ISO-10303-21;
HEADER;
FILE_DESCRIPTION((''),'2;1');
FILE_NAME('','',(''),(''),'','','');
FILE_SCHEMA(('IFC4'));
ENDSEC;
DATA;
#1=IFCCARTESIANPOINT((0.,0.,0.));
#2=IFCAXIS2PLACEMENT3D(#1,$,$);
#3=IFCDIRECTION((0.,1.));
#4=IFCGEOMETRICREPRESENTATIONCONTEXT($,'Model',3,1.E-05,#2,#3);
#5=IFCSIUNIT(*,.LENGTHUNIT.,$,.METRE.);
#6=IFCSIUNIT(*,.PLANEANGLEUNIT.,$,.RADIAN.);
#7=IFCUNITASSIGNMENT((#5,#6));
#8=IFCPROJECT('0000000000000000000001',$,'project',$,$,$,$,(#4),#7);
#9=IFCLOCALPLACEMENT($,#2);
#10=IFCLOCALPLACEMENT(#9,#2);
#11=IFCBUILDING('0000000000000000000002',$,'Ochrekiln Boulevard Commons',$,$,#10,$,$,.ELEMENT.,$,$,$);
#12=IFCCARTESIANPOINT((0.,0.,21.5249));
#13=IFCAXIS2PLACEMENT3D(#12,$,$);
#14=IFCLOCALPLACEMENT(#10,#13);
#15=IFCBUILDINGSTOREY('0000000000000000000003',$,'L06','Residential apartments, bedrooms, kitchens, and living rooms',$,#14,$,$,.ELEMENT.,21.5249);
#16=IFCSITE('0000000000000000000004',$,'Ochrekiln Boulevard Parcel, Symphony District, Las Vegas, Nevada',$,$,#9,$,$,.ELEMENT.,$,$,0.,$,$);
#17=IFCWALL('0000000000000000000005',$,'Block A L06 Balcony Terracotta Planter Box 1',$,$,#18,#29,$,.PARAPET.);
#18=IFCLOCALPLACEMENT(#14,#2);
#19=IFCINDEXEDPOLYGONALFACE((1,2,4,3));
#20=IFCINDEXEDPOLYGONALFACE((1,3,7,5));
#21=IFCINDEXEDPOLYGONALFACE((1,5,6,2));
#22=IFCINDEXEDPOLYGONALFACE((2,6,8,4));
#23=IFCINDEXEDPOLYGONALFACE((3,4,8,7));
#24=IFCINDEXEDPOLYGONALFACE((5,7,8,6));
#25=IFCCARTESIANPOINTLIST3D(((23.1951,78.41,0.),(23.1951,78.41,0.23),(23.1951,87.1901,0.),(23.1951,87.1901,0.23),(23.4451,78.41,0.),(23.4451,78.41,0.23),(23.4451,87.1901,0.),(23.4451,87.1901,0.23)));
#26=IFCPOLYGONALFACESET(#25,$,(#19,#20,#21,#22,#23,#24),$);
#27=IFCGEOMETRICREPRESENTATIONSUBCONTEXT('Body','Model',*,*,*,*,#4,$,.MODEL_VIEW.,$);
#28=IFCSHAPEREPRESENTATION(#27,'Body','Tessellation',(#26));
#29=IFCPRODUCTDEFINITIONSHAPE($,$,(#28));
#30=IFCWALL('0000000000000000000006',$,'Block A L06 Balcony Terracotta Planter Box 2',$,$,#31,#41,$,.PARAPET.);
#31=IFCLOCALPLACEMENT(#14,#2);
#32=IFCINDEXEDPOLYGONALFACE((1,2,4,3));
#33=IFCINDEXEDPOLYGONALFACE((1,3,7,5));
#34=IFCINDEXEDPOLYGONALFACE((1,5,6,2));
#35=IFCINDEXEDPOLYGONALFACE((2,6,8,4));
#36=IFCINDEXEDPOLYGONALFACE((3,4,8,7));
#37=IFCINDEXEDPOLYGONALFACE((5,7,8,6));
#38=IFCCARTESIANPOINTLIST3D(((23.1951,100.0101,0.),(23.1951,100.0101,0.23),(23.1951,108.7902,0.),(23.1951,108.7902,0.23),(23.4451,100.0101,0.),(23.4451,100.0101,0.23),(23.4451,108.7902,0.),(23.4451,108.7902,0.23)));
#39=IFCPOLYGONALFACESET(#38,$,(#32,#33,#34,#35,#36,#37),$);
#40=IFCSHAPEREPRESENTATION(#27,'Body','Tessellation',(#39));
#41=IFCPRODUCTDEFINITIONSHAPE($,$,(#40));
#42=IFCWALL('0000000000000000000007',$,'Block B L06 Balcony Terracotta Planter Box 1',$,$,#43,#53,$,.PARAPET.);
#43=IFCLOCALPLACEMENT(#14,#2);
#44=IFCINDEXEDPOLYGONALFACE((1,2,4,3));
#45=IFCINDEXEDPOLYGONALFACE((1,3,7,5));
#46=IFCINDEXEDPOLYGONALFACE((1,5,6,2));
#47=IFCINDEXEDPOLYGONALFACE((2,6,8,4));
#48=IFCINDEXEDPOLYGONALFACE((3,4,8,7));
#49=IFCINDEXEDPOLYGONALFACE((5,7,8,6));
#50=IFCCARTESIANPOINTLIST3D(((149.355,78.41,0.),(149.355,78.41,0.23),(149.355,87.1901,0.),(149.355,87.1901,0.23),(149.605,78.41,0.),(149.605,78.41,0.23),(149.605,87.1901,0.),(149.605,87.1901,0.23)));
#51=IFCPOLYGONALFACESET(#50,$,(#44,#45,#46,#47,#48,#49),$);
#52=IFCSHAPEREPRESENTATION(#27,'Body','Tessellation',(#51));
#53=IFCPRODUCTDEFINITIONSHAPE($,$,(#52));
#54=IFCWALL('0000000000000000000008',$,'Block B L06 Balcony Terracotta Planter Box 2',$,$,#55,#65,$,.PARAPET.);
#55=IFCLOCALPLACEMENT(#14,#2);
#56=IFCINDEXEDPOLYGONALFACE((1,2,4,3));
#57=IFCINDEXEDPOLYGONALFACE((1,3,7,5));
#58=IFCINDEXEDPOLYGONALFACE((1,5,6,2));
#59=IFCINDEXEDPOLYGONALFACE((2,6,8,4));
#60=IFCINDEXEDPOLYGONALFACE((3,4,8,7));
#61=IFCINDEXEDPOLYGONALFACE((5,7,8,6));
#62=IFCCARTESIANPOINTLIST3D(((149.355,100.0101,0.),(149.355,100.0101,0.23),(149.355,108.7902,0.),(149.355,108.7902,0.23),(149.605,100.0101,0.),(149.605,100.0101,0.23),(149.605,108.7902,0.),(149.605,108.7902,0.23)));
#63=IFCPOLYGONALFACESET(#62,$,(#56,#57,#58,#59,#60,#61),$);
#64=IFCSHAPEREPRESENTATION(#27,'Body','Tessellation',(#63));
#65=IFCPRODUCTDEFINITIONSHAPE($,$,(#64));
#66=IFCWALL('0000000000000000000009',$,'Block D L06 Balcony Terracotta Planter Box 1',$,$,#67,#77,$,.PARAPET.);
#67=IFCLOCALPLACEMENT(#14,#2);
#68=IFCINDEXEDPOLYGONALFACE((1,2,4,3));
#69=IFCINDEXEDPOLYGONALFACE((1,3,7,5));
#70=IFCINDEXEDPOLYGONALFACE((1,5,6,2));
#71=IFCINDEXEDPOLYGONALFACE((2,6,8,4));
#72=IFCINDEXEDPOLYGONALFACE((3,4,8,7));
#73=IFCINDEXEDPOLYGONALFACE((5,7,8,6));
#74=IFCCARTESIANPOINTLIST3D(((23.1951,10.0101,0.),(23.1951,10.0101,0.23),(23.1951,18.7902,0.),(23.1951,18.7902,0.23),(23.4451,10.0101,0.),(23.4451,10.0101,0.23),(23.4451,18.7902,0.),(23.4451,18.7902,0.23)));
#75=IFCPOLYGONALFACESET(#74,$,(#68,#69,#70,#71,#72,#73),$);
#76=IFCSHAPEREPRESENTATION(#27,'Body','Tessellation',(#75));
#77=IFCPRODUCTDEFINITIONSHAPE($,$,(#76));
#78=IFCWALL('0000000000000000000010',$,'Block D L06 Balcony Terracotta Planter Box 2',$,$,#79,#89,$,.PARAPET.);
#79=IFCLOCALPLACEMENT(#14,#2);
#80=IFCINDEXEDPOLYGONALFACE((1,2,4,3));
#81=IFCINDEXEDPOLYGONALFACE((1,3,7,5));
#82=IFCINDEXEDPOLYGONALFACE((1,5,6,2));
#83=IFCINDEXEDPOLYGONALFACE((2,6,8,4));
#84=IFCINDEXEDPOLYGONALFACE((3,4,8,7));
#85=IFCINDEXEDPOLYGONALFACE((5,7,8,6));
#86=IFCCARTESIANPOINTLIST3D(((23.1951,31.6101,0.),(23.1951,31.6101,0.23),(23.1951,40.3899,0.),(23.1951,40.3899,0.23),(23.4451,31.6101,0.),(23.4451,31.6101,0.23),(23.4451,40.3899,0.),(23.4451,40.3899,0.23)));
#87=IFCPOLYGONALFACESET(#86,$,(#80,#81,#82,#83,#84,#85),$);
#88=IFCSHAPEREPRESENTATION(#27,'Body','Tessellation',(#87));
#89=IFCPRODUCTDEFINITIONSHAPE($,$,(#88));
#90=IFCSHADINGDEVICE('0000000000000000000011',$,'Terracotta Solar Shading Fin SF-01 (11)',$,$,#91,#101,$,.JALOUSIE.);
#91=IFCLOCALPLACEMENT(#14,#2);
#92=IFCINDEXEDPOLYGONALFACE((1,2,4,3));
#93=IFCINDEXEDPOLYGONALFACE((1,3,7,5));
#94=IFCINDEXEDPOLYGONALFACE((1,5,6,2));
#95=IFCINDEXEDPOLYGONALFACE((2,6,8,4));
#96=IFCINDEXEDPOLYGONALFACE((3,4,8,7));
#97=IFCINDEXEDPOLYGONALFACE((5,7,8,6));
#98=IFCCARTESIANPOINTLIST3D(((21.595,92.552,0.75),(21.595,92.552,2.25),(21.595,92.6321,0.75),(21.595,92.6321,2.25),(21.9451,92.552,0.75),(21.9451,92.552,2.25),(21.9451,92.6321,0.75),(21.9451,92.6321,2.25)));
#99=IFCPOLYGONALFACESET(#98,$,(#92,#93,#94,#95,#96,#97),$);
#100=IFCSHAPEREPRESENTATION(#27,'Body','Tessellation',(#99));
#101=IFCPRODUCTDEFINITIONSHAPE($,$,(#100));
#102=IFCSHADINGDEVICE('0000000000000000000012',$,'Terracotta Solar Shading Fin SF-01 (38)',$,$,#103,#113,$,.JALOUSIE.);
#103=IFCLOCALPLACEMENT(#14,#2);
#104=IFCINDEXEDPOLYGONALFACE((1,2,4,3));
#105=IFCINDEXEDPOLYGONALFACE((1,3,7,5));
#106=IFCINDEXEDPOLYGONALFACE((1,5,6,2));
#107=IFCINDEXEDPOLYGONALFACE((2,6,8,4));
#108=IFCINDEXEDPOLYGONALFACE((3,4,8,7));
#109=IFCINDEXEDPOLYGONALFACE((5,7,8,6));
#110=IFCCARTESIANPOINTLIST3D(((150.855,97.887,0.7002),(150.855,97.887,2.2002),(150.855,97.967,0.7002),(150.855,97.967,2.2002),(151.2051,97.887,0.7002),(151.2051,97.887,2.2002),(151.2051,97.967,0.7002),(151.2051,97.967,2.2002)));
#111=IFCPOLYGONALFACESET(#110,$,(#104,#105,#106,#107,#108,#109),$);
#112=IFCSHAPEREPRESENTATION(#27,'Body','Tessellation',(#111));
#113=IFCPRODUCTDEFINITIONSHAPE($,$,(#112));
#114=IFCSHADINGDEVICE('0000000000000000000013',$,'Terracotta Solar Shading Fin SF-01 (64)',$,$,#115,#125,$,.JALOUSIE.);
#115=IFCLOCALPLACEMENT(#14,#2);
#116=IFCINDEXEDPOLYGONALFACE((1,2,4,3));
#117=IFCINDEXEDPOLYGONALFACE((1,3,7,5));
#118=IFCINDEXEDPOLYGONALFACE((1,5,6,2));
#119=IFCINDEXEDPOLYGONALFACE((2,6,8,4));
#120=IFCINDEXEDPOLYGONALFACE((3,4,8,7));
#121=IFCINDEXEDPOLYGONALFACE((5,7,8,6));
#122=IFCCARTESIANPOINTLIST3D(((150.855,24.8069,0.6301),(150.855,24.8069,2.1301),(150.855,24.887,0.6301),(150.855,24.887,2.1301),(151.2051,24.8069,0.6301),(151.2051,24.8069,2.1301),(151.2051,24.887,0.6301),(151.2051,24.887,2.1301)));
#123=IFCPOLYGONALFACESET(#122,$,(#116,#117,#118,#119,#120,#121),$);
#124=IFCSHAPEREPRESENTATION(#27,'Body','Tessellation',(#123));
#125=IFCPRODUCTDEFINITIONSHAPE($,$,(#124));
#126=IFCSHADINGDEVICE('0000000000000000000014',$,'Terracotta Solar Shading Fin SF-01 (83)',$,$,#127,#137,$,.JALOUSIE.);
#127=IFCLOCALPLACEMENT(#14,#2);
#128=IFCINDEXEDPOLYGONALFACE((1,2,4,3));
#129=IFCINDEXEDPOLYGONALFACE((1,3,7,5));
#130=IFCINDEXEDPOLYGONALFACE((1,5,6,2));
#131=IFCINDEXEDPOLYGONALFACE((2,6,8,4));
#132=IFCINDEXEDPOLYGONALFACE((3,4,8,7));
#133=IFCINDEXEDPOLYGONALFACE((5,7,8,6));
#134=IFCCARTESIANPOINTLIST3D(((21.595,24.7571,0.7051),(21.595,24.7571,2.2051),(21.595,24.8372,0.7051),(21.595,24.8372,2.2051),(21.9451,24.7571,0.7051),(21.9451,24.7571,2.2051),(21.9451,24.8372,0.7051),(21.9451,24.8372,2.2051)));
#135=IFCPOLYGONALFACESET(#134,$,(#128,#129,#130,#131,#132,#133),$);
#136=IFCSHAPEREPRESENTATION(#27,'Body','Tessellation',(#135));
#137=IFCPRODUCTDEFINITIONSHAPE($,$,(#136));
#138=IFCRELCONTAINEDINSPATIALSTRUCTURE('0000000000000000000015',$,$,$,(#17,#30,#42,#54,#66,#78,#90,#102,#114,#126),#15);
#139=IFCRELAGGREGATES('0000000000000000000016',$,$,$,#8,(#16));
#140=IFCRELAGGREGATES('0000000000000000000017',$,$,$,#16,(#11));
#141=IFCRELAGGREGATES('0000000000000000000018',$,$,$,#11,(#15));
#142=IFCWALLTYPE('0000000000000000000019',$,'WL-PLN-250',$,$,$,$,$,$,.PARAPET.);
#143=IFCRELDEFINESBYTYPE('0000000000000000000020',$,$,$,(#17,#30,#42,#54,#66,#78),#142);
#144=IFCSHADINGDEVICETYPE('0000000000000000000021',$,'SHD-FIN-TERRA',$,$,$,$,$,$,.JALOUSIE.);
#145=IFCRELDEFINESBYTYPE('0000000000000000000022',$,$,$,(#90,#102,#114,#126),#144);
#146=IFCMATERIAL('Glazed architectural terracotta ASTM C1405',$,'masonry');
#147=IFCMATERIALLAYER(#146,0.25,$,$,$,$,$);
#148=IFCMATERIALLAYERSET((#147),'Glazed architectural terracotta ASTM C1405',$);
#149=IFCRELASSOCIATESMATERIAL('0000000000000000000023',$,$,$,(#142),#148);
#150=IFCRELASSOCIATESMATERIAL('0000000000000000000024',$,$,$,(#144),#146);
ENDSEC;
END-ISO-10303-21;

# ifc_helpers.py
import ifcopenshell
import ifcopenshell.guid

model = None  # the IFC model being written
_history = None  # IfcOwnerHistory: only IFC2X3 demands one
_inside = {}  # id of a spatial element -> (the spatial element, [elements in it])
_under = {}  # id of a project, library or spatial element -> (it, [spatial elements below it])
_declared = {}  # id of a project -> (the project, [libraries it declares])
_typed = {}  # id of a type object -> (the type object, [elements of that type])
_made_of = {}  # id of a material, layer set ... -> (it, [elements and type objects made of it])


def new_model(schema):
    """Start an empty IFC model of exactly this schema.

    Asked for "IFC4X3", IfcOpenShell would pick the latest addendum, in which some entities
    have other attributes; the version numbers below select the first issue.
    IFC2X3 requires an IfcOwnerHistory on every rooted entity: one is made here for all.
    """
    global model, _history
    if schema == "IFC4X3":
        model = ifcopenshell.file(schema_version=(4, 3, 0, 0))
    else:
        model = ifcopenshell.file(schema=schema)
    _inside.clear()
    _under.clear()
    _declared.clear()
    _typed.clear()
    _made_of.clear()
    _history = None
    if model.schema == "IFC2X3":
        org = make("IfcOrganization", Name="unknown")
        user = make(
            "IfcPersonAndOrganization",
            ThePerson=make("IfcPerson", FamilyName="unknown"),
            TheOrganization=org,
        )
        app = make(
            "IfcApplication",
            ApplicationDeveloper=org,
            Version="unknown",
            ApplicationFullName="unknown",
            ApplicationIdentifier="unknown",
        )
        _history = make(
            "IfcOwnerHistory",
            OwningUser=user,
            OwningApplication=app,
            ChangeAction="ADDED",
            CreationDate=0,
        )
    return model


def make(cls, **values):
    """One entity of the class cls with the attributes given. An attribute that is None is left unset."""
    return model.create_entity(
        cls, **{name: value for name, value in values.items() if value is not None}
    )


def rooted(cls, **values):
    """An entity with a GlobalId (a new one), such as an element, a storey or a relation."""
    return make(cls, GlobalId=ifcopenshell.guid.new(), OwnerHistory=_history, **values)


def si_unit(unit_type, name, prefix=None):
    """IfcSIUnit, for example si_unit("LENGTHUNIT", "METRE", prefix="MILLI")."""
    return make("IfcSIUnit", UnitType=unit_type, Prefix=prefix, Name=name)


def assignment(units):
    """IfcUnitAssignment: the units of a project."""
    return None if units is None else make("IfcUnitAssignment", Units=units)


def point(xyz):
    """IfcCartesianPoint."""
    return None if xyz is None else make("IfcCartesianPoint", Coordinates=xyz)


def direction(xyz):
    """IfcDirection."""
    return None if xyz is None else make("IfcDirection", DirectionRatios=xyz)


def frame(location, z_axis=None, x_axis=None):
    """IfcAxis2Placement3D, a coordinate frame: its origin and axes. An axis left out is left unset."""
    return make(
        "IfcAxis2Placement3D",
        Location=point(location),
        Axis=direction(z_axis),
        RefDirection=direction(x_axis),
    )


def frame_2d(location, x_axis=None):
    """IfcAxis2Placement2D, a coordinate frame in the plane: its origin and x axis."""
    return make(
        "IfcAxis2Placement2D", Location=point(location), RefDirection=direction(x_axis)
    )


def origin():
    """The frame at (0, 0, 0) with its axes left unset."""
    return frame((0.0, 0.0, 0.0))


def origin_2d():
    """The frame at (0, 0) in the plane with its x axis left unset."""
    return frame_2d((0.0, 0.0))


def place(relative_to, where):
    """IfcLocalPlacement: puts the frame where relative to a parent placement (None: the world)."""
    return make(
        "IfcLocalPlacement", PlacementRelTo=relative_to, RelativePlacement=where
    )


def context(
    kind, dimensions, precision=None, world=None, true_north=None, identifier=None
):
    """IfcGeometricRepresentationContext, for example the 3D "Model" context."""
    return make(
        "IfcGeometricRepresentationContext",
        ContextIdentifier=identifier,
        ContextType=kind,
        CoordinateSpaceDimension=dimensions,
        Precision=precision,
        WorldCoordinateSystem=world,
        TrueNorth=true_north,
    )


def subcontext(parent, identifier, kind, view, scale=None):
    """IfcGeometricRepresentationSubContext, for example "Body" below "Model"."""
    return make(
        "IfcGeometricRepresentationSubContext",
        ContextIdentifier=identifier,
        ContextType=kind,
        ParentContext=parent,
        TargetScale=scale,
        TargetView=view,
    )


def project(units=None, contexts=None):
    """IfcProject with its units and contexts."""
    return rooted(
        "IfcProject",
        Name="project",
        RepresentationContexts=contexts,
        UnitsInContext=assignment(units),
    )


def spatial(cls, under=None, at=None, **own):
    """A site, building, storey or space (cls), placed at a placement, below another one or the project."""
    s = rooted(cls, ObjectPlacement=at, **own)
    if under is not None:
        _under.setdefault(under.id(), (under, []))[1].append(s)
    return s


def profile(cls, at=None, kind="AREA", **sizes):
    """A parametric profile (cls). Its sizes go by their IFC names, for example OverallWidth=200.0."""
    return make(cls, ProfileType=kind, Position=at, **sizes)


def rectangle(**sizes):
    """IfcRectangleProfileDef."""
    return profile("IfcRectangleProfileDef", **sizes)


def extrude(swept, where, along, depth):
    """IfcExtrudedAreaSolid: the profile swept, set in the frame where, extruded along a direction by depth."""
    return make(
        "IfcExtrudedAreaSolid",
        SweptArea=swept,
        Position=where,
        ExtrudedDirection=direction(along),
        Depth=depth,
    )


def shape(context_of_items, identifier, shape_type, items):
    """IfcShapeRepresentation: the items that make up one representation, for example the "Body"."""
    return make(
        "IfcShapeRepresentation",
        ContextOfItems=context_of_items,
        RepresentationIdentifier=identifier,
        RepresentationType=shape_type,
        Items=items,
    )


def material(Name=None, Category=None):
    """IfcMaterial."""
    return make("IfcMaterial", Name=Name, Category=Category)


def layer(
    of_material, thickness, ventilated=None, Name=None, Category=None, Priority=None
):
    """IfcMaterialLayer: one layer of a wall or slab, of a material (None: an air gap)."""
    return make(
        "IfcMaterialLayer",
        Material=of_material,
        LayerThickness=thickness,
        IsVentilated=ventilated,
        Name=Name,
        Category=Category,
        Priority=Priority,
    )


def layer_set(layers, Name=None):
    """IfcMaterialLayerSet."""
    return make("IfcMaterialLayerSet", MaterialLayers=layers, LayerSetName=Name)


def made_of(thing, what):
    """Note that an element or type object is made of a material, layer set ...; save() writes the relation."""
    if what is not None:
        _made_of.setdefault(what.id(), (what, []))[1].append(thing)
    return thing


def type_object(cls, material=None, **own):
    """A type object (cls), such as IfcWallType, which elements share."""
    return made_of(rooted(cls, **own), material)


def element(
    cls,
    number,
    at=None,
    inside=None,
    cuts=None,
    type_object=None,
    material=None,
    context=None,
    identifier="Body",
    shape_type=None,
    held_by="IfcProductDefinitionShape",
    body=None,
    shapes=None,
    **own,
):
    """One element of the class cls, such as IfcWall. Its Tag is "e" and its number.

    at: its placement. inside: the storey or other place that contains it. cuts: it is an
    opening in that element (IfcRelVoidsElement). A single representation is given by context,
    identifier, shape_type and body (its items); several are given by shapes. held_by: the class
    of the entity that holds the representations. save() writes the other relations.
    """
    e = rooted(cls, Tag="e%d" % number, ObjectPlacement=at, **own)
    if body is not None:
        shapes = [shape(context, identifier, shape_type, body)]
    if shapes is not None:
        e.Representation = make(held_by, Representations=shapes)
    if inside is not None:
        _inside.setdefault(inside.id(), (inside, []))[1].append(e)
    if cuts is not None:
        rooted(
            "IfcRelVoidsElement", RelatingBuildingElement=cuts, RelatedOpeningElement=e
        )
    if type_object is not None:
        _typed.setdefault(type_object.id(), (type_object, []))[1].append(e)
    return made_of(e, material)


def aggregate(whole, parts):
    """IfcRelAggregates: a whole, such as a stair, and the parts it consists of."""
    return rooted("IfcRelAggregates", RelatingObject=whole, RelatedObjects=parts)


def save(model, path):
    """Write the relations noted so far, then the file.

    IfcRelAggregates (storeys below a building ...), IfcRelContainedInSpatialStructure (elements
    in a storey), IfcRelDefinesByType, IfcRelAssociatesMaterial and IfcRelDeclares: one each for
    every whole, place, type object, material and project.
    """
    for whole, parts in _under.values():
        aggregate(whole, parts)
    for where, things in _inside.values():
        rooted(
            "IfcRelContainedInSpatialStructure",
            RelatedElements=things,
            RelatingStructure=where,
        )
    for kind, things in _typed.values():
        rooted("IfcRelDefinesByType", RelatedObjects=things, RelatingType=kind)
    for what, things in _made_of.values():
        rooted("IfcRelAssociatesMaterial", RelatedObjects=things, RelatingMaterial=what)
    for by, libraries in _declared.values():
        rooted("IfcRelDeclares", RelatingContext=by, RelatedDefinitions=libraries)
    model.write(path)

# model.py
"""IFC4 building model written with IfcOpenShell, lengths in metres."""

from ifc_helpers import new_model, si_unit, direction, frame, frame_2d, origin, origin_2d, place, context, subcontext, project, spatial, rectangle, extrude, material, layer, layer_set, type_object, element, save


model = new_model("IFC4")

# Units and contexts
model_context = context("Model", 3, precision=1e-05, world=origin(), true_north=direction((0.0, 1.0)))
body_context = subcontext(model_context, "Body", "Model", "MODEL_VIEW")
ifc_project = project(units=[si_unit("LENGTHUNIT", "METRE"), si_unit("PLANEANGLEUNIT", "RADIAN")], contexts=[model_context])

# Site, building, storey
site_placement = place(None, origin())
site = spatial("IfcSite", under=ifc_project, at=site_placement, Name="Ochrekiln Boulevard Parcel, Symphony District, Las Vegas, Nevada", CompositionType="ELEMENT", RefElevation=0.0)
building_placement = place(site_placement, origin())
building = spatial("IfcBuilding", under=site, at=building_placement, Name="Ochrekiln Boulevard Commons", CompositionType="ELEMENT")
storey_placement = place(building_placement, frame((0.0, 0.0, 21.5249)))
storey = spatial("IfcBuildingStorey", under=building, at=storey_placement, Name="L06", Description="Residential apartments, bedrooms, kitchens, and living rooms", CompositionType="ELEMENT", Elevation=21.5249)

# Walls
ifc_material_1 = material(Name="Glazed architectural terracotta ASTM C1405", Category="masonry")
ifc_layer_1 = layer(ifc_material_1, 0.25)
ifc_layer_set_1 = layer_set([ifc_layer_1], Name="Glazed architectural terracotta ASTM C1405")
wall_type_1 = type_object("IfcWallType", Name="WL-PLN-250", PredefinedType="PARAPET", material=ifc_layer_set_1)
for number, where, z_axis, x_axis, name in (
    (1, (23.3201, 78.4099, 0.0), (0.0, 0.0, 1.0), (0.0, 1.0, 0.0), "Block A L06 Balcony Terracotta Planter Box 1"),
    (2, (23.3201, 100.01, 0.0), (0.0, 0.0, 1.0), (0.0, 1.0, 0.0), "Block A L06 Balcony Terracotta Planter Box 2"),
    (3, (149.48, 78.4099, 0.0), (0.0, 0.0, 1.0), (0.0, 1.0, 0.0), "Block B L06 Balcony Terracotta Planter Box 1"),
    (4, (149.48, 100.01, 0.0), (0.0, 0.0, 1.0), (0.0, 1.0, 0.0), "Block B L06 Balcony Terracotta Planter Box 2"),
    (5, (23.3201, 10.01, 0.0), (0.0, 0.0, 1.0), (0.0, 1.0, 0.0), "Block D L06 Balcony Terracotta Planter Box 1"),
):
    element("IfcWall", number, at=place(storey_placement, frame(where, z_axis=z_axis, x_axis=x_axis)), inside=storey, type_object=wall_type_1, Name=name, PredefinedType="PARAPET", context=body_context, shape_type="SweptSolid", body=[
        extrude(rectangle(XDim=8.78, YDim=0.25, at=frame_2d((4.3901, 0.0))), origin(), (0.0, 0.0, 1.0), 0.23),
    ])
wall_1_placement = place(storey_placement, frame((23.3201, 31.6101, 0.0), z_axis=(0.0, 0.0, 1.0), x_axis=(0.0, 1.0, 0.0)))
element("IfcWall", 6, at=wall_1_placement, inside=storey, type_object=wall_type_1, Name="Block D L06 Balcony Terracotta Planter Box 2", PredefinedType="PARAPET", context=body_context, shape_type="SweptSolid", body=[
    extrude(rectangle(XDim=8.7798, YDim=0.25, at=frame_2d((4.3899, 0.0))), origin(), (0.0, 0.0, 1.0), 0.23),
])

# Shading devices
shading_device_type = type_object("IfcShadingDeviceType", Name="SHD-FIN-TERRA", PredefinedType="JALOUSIE", material=ifc_material_1)
for number, where, z_axis, x_axis, name in (
    (7, (21.77, 92.592, 0.75), (0.0, 0.0, 1.0), (1.0, 0.0, 0.0), "Terracotta Solar Shading Fin SF-01 (11)"),
    (8, (151.03, 97.927, 0.7002), (0.0, 0.0, 1.0), (1.0, 0.0, 0.0), "Terracotta Solar Shading Fin SF-01 (38)"),
    (9, (151.03, 24.8469, 0.6301), (0.0, 0.0, 1.0), (1.0, 0.0, 0.0), "Terracotta Solar Shading Fin SF-01 (64)"),
    (10, (21.77, 24.7971, 0.7051), (0.0, 0.0, 1.0), (1.0, 0.0, 0.0), "Terracotta Solar Shading Fin SF-01 (83)"),
):
    element("IfcShadingDevice", number, at=place(storey_placement, frame(where, z_axis=z_axis, x_axis=x_axis)), inside=storey, type_object=shading_device_type, Name=name, PredefinedType="JALOUSIE", context=body_context, shape_type="SweptSolid", body=[
        extrude(rectangle(XDim=0.3501, YDim=0.0801, at=origin_2d()), origin(), (0.0, 0.0, 1.0), 1.5),
    ])

save(model, "model.ifc")
